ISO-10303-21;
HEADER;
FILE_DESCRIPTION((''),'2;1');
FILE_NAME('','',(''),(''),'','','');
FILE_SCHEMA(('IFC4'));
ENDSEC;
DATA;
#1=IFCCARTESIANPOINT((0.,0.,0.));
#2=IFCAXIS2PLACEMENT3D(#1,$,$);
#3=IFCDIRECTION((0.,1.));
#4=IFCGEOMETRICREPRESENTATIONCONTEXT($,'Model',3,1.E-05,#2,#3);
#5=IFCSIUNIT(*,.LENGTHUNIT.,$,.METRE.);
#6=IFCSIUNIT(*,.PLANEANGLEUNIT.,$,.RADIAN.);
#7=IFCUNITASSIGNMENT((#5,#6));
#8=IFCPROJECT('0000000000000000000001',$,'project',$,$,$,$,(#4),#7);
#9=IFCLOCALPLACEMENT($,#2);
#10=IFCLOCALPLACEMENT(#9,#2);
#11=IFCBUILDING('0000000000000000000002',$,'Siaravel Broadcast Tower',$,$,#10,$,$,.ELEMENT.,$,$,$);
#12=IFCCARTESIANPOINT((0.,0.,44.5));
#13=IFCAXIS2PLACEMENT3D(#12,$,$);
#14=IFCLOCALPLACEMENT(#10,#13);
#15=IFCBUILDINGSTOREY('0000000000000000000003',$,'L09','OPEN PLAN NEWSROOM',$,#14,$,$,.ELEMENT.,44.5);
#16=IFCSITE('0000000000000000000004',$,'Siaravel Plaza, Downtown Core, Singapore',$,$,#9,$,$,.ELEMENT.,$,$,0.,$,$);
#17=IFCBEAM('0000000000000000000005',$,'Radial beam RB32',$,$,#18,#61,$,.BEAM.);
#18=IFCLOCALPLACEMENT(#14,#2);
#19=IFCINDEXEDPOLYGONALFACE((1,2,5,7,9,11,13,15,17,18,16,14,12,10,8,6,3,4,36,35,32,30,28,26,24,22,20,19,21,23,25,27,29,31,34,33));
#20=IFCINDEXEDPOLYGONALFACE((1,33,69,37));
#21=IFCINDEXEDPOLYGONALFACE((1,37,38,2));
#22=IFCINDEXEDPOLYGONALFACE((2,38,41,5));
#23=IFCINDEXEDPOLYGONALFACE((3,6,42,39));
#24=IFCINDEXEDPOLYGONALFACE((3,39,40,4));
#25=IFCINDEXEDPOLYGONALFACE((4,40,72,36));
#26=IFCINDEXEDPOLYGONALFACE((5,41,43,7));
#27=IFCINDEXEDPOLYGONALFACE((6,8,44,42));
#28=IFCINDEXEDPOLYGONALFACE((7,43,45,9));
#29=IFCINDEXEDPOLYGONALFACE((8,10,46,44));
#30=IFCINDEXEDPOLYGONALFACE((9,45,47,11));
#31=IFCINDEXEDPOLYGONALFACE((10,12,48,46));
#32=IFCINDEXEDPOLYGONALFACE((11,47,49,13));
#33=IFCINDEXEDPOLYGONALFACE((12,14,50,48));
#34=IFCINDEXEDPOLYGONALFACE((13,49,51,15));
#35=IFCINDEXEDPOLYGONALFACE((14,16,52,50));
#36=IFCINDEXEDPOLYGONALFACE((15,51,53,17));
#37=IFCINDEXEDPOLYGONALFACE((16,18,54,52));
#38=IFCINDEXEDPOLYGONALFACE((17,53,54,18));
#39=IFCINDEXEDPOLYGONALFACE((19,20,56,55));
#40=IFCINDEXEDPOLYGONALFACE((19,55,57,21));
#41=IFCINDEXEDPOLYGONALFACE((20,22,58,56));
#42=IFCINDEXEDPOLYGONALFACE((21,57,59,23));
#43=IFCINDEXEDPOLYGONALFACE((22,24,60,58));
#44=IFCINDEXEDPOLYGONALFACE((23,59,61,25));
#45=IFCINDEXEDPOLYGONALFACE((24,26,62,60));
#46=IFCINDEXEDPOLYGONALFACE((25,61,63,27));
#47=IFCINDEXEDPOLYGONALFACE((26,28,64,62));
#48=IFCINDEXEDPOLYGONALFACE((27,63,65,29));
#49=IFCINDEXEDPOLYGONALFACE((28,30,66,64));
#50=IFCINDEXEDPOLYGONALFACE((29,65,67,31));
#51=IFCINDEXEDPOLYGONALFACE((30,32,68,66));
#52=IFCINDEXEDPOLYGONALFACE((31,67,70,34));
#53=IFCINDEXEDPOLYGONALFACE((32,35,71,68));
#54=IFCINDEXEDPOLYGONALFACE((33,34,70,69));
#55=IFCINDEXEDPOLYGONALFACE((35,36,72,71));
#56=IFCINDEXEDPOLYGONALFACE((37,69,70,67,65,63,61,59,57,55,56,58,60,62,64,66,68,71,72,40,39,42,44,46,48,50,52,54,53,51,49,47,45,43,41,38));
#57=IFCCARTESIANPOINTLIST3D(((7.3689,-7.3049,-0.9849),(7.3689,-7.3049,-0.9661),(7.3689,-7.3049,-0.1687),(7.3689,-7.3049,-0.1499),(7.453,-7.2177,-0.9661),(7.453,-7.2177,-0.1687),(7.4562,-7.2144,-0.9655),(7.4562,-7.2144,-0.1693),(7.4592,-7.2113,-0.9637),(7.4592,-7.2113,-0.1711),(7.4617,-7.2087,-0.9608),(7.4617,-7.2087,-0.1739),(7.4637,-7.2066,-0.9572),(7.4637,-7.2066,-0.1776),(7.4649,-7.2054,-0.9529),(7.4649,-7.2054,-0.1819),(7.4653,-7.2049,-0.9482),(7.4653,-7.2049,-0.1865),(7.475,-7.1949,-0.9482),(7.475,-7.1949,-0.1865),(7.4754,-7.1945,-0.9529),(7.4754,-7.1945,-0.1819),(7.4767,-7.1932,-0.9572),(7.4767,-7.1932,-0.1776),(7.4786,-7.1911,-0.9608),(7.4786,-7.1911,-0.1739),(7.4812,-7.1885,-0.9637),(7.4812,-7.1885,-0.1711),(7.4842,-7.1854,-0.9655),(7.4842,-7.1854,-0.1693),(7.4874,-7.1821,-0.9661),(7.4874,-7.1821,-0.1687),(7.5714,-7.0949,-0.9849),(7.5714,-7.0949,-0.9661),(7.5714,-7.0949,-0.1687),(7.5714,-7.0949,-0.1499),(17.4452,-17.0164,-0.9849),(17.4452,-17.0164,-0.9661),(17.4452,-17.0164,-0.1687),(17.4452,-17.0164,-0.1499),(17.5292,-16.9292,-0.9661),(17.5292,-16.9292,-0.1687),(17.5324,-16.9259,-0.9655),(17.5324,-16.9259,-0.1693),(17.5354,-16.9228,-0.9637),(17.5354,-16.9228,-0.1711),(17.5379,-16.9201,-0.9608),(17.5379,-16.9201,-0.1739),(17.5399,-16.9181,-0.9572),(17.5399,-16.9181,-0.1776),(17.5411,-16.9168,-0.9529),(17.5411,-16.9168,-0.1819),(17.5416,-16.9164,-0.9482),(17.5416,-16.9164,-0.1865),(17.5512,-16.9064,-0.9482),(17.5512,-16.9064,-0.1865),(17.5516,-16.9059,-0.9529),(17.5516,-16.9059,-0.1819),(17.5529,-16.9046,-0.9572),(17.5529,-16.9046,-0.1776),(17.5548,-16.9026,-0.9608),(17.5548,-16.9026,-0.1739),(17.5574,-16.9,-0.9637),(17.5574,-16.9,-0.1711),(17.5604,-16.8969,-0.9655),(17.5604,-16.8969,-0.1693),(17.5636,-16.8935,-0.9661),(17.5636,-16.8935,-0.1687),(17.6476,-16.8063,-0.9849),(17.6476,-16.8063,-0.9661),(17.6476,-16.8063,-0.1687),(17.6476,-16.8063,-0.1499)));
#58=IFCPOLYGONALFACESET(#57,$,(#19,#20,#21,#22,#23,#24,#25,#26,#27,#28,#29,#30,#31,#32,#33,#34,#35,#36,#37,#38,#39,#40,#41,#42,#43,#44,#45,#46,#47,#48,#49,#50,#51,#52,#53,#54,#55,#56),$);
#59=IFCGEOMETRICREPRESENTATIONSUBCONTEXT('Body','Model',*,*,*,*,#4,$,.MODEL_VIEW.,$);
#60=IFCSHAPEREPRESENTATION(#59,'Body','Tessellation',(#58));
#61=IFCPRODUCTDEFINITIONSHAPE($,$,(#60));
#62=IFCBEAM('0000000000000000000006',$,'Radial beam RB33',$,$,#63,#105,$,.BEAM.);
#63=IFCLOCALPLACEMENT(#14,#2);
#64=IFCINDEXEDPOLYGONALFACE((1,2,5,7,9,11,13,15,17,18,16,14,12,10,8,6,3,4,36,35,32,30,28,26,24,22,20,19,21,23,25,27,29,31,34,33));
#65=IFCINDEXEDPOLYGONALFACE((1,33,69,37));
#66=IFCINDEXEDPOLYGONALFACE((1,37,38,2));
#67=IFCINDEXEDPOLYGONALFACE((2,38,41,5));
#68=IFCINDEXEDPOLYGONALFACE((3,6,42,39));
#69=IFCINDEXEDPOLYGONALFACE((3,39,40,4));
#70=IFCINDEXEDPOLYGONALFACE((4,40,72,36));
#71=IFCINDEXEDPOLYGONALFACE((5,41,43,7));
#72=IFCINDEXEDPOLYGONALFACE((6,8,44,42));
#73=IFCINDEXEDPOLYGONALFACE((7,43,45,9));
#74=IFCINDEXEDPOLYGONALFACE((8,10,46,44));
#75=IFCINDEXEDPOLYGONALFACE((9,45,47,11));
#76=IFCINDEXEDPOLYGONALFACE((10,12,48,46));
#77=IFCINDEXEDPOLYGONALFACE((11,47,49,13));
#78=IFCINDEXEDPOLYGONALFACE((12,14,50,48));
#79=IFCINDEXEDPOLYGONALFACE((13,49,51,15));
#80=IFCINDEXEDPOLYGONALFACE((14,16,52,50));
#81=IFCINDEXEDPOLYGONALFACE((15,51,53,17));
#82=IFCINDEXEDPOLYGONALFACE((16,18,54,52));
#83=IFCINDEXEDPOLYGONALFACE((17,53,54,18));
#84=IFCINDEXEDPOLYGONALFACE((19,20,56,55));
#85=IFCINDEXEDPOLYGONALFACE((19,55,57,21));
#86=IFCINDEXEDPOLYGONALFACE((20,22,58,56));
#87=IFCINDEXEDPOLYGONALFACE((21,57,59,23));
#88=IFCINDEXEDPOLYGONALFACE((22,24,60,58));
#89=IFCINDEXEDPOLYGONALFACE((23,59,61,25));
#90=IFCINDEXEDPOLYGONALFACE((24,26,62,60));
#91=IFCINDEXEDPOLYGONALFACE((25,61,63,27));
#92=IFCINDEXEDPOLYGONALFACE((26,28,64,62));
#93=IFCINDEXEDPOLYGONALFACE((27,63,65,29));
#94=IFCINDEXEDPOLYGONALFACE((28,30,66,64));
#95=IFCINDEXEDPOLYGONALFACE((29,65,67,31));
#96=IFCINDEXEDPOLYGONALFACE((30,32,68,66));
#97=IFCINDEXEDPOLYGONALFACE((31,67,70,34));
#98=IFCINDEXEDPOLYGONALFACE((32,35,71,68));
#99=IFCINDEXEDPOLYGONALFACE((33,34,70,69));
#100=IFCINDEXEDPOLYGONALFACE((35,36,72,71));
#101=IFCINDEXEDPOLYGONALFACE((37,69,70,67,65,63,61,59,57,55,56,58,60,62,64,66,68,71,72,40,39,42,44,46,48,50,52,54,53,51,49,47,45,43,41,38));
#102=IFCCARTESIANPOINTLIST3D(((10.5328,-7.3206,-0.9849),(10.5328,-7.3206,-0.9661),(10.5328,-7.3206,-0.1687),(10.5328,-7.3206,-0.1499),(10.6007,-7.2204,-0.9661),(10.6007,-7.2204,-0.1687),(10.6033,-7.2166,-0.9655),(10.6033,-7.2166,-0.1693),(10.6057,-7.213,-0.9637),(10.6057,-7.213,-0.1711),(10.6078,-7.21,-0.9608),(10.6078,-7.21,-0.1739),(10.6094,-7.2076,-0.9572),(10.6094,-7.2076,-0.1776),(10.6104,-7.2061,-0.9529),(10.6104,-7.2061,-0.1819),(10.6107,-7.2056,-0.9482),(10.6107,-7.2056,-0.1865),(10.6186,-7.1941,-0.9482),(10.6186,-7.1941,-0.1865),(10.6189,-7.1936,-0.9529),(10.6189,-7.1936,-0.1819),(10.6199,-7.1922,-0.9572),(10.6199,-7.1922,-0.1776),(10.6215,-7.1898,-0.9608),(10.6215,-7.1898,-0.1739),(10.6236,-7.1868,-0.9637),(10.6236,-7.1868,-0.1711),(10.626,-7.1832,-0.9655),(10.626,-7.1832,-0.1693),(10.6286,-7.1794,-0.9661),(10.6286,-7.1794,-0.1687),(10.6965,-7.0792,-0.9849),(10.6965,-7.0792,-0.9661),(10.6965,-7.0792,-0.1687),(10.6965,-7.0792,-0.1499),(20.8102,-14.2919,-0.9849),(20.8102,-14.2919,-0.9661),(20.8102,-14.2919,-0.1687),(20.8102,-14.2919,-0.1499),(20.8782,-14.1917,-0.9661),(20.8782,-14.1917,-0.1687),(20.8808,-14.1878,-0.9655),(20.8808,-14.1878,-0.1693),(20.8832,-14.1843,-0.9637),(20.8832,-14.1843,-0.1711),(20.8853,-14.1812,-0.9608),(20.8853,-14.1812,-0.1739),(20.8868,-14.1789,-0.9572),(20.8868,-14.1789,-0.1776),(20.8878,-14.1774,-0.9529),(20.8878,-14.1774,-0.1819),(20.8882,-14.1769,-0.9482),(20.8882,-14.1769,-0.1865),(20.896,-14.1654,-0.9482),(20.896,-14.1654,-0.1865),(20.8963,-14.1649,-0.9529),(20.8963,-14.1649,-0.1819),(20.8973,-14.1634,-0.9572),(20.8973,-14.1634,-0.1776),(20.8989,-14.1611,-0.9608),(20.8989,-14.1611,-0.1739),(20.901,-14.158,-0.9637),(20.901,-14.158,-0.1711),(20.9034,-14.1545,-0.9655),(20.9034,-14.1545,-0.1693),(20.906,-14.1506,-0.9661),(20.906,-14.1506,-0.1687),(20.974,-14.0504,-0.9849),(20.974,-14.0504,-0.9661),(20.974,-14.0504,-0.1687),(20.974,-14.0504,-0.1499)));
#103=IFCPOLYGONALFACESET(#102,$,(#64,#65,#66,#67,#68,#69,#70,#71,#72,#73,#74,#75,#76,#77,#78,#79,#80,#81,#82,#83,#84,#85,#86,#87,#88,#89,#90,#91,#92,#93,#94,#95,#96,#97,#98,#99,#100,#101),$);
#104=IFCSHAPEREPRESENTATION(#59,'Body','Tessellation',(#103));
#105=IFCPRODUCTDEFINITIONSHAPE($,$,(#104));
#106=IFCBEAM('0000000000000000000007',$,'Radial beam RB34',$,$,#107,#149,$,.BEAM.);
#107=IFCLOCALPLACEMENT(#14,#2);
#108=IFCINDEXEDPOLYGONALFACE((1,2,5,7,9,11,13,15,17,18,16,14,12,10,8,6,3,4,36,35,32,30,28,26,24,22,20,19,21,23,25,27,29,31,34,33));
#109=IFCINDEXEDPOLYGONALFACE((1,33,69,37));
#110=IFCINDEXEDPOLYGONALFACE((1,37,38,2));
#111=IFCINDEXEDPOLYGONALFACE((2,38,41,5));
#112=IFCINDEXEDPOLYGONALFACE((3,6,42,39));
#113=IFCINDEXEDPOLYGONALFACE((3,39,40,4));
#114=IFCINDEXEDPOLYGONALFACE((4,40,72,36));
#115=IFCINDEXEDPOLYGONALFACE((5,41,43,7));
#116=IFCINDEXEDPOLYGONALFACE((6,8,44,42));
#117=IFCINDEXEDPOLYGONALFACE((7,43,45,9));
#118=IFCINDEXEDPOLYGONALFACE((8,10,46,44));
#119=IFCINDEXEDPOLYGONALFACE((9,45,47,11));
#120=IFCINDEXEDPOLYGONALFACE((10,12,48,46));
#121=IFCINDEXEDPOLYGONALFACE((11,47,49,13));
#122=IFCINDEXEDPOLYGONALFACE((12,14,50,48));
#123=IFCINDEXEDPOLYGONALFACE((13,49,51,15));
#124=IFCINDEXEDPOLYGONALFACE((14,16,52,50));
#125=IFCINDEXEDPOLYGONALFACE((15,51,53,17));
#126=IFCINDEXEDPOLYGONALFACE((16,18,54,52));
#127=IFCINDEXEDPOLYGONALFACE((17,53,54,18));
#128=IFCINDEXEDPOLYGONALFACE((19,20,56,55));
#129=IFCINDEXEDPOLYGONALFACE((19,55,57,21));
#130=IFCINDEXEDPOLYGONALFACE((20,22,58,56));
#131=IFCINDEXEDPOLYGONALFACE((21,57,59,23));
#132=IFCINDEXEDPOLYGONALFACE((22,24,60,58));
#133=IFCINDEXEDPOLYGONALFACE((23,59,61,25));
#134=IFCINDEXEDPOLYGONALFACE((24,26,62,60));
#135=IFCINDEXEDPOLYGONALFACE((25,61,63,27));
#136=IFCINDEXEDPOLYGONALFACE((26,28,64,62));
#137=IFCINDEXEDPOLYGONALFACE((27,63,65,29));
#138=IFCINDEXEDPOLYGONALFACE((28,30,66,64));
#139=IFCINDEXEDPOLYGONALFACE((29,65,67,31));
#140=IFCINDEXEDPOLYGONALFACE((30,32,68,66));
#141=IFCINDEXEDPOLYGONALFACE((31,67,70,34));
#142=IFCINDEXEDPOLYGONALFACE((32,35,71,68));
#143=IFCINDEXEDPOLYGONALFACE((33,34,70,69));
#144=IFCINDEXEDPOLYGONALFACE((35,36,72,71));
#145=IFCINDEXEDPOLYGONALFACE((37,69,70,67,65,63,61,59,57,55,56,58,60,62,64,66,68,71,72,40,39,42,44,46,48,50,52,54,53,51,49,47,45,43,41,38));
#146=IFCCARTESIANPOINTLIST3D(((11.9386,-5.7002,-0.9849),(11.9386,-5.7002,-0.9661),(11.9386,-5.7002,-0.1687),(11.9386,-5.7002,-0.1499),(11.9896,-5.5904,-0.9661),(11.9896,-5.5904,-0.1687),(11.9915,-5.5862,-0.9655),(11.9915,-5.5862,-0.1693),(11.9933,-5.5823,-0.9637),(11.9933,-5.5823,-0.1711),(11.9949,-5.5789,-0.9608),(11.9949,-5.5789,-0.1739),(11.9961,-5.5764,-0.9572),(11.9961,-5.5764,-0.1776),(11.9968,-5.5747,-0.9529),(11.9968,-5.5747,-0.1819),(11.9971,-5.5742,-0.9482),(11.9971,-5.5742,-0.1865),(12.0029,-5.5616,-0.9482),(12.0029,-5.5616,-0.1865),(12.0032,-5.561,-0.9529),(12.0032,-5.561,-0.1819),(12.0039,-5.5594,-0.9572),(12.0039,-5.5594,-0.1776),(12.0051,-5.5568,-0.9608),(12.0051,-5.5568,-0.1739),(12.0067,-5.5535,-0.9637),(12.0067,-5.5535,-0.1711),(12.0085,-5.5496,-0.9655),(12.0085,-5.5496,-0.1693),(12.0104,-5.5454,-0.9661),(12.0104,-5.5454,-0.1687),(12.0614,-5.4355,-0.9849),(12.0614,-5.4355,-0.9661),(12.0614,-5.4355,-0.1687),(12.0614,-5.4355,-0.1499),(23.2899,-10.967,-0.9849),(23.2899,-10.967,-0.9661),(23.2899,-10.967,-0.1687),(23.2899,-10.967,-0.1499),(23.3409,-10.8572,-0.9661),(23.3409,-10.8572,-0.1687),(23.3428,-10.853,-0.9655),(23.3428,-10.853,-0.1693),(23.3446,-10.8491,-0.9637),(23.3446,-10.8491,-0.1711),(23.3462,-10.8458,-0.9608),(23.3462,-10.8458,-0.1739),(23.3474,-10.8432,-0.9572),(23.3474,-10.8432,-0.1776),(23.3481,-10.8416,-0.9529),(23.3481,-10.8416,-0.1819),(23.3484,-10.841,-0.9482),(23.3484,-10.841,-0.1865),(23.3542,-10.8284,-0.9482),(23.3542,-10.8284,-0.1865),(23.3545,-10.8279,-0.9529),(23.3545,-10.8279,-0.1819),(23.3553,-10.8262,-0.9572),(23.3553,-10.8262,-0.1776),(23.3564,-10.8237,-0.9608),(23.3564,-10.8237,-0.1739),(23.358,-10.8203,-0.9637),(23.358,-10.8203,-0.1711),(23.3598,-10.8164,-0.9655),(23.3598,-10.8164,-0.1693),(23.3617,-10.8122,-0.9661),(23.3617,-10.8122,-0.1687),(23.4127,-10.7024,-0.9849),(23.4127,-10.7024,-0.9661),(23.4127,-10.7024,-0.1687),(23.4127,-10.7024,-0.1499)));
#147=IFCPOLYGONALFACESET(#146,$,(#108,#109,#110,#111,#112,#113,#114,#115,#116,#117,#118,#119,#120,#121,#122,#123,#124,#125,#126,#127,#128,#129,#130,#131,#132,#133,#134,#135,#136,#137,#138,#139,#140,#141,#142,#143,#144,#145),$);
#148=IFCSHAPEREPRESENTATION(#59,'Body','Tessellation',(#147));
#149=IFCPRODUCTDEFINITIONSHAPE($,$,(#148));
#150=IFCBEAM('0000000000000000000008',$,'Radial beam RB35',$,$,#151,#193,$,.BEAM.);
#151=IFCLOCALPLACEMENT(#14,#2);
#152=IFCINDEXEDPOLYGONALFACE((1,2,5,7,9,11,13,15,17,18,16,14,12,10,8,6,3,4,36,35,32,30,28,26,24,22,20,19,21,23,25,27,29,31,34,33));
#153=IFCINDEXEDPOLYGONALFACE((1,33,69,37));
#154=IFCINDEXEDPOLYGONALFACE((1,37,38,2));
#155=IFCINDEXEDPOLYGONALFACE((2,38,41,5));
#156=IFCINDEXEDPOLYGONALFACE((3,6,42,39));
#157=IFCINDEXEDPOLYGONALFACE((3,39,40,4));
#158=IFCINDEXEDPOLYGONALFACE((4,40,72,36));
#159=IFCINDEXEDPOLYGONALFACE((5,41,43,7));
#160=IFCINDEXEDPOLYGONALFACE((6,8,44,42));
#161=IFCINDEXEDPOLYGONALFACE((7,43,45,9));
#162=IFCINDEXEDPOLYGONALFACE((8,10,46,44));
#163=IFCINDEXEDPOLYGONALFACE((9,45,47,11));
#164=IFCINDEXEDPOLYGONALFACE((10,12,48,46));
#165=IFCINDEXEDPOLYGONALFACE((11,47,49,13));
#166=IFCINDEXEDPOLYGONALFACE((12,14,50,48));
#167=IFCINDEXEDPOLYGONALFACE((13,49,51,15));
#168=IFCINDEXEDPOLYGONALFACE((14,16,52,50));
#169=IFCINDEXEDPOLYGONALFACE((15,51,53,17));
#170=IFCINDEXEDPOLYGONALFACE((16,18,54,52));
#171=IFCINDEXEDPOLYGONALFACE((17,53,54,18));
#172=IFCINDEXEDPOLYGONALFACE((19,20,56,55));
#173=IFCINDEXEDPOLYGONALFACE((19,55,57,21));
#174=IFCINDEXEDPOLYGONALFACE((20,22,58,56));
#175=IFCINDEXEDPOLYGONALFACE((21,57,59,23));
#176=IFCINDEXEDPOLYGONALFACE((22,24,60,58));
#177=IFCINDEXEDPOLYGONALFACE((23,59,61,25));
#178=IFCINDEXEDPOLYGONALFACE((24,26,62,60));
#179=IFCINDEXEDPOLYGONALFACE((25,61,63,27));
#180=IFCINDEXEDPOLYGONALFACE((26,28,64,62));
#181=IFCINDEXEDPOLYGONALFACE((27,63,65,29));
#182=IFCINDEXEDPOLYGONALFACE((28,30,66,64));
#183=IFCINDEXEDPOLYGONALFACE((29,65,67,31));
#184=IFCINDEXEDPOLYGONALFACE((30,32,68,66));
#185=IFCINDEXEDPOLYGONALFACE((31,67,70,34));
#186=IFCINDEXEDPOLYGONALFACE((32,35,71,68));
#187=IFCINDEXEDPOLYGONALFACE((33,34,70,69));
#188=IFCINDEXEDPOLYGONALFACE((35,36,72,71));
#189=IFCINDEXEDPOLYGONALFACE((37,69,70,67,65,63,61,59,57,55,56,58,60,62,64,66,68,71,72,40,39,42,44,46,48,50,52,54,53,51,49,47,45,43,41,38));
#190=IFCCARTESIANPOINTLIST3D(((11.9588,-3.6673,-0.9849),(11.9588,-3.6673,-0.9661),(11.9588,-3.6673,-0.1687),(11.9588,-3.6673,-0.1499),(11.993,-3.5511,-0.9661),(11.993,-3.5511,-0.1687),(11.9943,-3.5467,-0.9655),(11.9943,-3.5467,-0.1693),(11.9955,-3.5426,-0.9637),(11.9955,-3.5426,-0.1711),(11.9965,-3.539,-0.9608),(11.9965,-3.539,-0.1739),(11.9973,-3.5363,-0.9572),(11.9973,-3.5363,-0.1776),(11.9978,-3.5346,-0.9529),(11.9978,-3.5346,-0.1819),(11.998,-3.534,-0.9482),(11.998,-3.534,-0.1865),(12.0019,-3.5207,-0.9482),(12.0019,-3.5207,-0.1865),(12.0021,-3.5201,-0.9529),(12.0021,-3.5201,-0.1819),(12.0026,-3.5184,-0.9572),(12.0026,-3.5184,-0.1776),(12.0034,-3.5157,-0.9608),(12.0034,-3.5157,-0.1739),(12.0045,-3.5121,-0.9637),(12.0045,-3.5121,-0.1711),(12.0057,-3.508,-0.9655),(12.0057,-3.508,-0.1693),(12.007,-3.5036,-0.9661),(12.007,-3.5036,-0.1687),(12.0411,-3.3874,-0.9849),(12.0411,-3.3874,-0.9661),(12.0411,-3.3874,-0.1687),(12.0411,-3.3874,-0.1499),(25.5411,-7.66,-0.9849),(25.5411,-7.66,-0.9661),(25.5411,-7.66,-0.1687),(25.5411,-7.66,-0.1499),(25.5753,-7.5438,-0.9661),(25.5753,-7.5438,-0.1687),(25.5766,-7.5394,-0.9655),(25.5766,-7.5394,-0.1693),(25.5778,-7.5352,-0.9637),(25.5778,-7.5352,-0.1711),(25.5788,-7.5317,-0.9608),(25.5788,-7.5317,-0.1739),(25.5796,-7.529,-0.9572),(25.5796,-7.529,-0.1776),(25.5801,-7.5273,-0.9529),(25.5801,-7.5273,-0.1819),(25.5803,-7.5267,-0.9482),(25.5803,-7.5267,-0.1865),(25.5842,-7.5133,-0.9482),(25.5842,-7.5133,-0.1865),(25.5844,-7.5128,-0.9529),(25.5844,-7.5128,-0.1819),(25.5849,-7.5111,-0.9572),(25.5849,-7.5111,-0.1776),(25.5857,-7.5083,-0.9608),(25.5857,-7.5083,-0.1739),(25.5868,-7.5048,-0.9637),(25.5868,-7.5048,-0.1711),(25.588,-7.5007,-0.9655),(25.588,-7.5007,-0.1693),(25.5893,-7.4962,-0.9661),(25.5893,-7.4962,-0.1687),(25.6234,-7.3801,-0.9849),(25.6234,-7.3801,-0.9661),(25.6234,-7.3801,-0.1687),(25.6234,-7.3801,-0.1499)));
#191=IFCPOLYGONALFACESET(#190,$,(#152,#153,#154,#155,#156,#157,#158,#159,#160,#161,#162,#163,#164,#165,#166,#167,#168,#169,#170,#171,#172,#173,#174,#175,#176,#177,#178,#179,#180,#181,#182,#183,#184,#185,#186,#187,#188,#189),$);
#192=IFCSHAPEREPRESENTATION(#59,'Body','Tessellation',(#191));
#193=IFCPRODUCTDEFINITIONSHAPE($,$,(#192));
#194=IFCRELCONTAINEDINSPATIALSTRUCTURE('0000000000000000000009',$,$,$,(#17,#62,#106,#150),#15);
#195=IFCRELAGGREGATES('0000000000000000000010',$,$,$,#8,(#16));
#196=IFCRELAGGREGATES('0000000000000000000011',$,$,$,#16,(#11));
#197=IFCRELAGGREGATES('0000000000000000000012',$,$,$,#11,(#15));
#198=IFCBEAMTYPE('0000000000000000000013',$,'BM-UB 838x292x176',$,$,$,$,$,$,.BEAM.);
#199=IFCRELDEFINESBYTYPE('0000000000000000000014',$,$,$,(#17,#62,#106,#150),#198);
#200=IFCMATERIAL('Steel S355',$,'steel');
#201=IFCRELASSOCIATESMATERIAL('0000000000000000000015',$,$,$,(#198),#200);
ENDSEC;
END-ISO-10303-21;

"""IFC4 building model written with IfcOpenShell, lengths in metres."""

from ifc_helpers import new_model, si_unit, direction, frame, origin, origin_2d, place, context, subcontext, project, spatial, i_section, extrude, material, material_profile, profile_set, type_object, element, save


model = new_model("IFC4")

# Units and contexts
model_context = context("Model", 3, precision=1e-05, world=origin(), true_north=direction((0.0, 1.0)))
body_context = subcontext(model_context, "Body", "Model", "MODEL_VIEW")
ifc_project = project(units=[si_unit("LENGTHUNIT", "METRE"), si_unit("PLANEANGLEUNIT", "RADIAN")], contexts=[model_context])

# Site, building, storey
site_placement = place(None, origin())
site = spatial("IfcSite", under=ifc_project, at=site_placement, Name="Siaravel Plaza, Downtown Core, Singapore", CompositionType="ELEMENT", RefElevation=0.0)
building_placement = place(site_placement, origin())
building = spatial("IfcBuilding", under=site, at=building_placement, Name="Siaravel Broadcast Tower", CompositionType="ELEMENT")
storey_placement = place(building_placement, frame((0.0, 0.0, 44.5)))
storey = spatial("IfcBuildingStorey", under=building, at=storey_placement, Name="L09", Description="OPEN PLAN NEWSROOM", CompositionType="ELEMENT", Elevation=44.5)

# Beams
ifc_material_1 = material(Name="Steel S355", Category="steel")
ifc_material_profile_1 = material_profile(ifc_material_1, i_section(OverallWidth=0.2917, OverallDepth=0.835, WebThickness=0.0139, FlangeThickness=0.0188, FilletRadius=0.0178, at=origin_2d()))
ifc_profile_set_1 = profile_set([ifc_material_profile_1], Name="Steel S355")
beam_type = type_object("IfcBeamType", Name="BM-UB 838x292x176", PredefinedType="BEAM", material=ifc_profile_set_1)
beam_1_placement = place(storey_placement, frame((17.5464, -16.9114, -0.5674), z_axis=(-0.720019, 0.693955, 0.0), x_axis=(-0.693955, -0.720019, 0.0)))
element("IfcBeam", 1, at=beam_1_placement, inside=storey, type_object=beam_type, Name="Radial beam RB32", PredefinedType="BEAM", context=body_context, shape_type="SweptSolid", body=[
    extrude(i_section(OverallWidth=0.2917, OverallDepth=0.835, WebThickness=0.0139, FlangeThickness=0.0188, FilletRadius=0.0178, at=origin_2d()), origin(), (0.0, 0.0, 1.0), 13.9944),
])
beam_2_placement = place(storey_placement, frame((20.8921, -14.1711, -0.5674), z_axis=(-0.827578, 0.561351, 0.0), x_axis=(-0.561351, -0.827578, 0.0)))
element("IfcBeam", 2, at=beam_2_placement, inside=storey, type_object=beam_type, Name="Radial beam RB33", PredefinedType="BEAM", context=body_context, shape_type="SweptSolid", body=[
    extrude(i_section(OverallWidth=0.2917, OverallDepth=0.835, WebThickness=0.0139, FlangeThickness=0.0188, FilletRadius=0.0178, at=origin_2d()), origin(), (0.0, 0.0, 1.0), 12.4187),
])
beam_3_placement = place(storey_placement, frame((23.3513, -10.8347, -0.5674), z_axis=(-0.907113, 0.420887, 0.0), x_axis=(-0.420887, -0.907113, 0.0)))
element("IfcBeam", 3, at=beam_3_placement, inside=storey, type_object=beam_type, Name="Radial beam RB34", PredefinedType="BEAM", context=body_context, shape_type="SweptSolid", body=[
    extrude(i_section(OverallWidth=0.2917, OverallDepth=0.835, WebThickness=0.0139, FlangeThickness=0.0188, FilletRadius=0.0178, at=origin_2d()), origin(), (0.0, 0.0, 1.0), 12.5137),
])
beam_4_placement = place(storey_placement, frame((25.5823, -7.52, -0.5674), z_axis=(-0.959406, 0.282029, 0.0), x_axis=(-0.282029, -0.959406, 0.0)))
element("IfcBeam", 4, at=beam_4_placement, inside=storey, type_object=beam_type, Name="Radial beam RB35", PredefinedType="BEAM", context=body_context, shape_type="SweptSolid", body=[
    extrude(i_section(OverallWidth=0.2917, OverallDepth=0.835, WebThickness=0.0139, FlangeThickness=0.0188, FilletRadius=0.0178, at=origin_2d()), origin(), (0.0, 0.0, 1.0), 14.157),
])

save(model, "model.ifc")
